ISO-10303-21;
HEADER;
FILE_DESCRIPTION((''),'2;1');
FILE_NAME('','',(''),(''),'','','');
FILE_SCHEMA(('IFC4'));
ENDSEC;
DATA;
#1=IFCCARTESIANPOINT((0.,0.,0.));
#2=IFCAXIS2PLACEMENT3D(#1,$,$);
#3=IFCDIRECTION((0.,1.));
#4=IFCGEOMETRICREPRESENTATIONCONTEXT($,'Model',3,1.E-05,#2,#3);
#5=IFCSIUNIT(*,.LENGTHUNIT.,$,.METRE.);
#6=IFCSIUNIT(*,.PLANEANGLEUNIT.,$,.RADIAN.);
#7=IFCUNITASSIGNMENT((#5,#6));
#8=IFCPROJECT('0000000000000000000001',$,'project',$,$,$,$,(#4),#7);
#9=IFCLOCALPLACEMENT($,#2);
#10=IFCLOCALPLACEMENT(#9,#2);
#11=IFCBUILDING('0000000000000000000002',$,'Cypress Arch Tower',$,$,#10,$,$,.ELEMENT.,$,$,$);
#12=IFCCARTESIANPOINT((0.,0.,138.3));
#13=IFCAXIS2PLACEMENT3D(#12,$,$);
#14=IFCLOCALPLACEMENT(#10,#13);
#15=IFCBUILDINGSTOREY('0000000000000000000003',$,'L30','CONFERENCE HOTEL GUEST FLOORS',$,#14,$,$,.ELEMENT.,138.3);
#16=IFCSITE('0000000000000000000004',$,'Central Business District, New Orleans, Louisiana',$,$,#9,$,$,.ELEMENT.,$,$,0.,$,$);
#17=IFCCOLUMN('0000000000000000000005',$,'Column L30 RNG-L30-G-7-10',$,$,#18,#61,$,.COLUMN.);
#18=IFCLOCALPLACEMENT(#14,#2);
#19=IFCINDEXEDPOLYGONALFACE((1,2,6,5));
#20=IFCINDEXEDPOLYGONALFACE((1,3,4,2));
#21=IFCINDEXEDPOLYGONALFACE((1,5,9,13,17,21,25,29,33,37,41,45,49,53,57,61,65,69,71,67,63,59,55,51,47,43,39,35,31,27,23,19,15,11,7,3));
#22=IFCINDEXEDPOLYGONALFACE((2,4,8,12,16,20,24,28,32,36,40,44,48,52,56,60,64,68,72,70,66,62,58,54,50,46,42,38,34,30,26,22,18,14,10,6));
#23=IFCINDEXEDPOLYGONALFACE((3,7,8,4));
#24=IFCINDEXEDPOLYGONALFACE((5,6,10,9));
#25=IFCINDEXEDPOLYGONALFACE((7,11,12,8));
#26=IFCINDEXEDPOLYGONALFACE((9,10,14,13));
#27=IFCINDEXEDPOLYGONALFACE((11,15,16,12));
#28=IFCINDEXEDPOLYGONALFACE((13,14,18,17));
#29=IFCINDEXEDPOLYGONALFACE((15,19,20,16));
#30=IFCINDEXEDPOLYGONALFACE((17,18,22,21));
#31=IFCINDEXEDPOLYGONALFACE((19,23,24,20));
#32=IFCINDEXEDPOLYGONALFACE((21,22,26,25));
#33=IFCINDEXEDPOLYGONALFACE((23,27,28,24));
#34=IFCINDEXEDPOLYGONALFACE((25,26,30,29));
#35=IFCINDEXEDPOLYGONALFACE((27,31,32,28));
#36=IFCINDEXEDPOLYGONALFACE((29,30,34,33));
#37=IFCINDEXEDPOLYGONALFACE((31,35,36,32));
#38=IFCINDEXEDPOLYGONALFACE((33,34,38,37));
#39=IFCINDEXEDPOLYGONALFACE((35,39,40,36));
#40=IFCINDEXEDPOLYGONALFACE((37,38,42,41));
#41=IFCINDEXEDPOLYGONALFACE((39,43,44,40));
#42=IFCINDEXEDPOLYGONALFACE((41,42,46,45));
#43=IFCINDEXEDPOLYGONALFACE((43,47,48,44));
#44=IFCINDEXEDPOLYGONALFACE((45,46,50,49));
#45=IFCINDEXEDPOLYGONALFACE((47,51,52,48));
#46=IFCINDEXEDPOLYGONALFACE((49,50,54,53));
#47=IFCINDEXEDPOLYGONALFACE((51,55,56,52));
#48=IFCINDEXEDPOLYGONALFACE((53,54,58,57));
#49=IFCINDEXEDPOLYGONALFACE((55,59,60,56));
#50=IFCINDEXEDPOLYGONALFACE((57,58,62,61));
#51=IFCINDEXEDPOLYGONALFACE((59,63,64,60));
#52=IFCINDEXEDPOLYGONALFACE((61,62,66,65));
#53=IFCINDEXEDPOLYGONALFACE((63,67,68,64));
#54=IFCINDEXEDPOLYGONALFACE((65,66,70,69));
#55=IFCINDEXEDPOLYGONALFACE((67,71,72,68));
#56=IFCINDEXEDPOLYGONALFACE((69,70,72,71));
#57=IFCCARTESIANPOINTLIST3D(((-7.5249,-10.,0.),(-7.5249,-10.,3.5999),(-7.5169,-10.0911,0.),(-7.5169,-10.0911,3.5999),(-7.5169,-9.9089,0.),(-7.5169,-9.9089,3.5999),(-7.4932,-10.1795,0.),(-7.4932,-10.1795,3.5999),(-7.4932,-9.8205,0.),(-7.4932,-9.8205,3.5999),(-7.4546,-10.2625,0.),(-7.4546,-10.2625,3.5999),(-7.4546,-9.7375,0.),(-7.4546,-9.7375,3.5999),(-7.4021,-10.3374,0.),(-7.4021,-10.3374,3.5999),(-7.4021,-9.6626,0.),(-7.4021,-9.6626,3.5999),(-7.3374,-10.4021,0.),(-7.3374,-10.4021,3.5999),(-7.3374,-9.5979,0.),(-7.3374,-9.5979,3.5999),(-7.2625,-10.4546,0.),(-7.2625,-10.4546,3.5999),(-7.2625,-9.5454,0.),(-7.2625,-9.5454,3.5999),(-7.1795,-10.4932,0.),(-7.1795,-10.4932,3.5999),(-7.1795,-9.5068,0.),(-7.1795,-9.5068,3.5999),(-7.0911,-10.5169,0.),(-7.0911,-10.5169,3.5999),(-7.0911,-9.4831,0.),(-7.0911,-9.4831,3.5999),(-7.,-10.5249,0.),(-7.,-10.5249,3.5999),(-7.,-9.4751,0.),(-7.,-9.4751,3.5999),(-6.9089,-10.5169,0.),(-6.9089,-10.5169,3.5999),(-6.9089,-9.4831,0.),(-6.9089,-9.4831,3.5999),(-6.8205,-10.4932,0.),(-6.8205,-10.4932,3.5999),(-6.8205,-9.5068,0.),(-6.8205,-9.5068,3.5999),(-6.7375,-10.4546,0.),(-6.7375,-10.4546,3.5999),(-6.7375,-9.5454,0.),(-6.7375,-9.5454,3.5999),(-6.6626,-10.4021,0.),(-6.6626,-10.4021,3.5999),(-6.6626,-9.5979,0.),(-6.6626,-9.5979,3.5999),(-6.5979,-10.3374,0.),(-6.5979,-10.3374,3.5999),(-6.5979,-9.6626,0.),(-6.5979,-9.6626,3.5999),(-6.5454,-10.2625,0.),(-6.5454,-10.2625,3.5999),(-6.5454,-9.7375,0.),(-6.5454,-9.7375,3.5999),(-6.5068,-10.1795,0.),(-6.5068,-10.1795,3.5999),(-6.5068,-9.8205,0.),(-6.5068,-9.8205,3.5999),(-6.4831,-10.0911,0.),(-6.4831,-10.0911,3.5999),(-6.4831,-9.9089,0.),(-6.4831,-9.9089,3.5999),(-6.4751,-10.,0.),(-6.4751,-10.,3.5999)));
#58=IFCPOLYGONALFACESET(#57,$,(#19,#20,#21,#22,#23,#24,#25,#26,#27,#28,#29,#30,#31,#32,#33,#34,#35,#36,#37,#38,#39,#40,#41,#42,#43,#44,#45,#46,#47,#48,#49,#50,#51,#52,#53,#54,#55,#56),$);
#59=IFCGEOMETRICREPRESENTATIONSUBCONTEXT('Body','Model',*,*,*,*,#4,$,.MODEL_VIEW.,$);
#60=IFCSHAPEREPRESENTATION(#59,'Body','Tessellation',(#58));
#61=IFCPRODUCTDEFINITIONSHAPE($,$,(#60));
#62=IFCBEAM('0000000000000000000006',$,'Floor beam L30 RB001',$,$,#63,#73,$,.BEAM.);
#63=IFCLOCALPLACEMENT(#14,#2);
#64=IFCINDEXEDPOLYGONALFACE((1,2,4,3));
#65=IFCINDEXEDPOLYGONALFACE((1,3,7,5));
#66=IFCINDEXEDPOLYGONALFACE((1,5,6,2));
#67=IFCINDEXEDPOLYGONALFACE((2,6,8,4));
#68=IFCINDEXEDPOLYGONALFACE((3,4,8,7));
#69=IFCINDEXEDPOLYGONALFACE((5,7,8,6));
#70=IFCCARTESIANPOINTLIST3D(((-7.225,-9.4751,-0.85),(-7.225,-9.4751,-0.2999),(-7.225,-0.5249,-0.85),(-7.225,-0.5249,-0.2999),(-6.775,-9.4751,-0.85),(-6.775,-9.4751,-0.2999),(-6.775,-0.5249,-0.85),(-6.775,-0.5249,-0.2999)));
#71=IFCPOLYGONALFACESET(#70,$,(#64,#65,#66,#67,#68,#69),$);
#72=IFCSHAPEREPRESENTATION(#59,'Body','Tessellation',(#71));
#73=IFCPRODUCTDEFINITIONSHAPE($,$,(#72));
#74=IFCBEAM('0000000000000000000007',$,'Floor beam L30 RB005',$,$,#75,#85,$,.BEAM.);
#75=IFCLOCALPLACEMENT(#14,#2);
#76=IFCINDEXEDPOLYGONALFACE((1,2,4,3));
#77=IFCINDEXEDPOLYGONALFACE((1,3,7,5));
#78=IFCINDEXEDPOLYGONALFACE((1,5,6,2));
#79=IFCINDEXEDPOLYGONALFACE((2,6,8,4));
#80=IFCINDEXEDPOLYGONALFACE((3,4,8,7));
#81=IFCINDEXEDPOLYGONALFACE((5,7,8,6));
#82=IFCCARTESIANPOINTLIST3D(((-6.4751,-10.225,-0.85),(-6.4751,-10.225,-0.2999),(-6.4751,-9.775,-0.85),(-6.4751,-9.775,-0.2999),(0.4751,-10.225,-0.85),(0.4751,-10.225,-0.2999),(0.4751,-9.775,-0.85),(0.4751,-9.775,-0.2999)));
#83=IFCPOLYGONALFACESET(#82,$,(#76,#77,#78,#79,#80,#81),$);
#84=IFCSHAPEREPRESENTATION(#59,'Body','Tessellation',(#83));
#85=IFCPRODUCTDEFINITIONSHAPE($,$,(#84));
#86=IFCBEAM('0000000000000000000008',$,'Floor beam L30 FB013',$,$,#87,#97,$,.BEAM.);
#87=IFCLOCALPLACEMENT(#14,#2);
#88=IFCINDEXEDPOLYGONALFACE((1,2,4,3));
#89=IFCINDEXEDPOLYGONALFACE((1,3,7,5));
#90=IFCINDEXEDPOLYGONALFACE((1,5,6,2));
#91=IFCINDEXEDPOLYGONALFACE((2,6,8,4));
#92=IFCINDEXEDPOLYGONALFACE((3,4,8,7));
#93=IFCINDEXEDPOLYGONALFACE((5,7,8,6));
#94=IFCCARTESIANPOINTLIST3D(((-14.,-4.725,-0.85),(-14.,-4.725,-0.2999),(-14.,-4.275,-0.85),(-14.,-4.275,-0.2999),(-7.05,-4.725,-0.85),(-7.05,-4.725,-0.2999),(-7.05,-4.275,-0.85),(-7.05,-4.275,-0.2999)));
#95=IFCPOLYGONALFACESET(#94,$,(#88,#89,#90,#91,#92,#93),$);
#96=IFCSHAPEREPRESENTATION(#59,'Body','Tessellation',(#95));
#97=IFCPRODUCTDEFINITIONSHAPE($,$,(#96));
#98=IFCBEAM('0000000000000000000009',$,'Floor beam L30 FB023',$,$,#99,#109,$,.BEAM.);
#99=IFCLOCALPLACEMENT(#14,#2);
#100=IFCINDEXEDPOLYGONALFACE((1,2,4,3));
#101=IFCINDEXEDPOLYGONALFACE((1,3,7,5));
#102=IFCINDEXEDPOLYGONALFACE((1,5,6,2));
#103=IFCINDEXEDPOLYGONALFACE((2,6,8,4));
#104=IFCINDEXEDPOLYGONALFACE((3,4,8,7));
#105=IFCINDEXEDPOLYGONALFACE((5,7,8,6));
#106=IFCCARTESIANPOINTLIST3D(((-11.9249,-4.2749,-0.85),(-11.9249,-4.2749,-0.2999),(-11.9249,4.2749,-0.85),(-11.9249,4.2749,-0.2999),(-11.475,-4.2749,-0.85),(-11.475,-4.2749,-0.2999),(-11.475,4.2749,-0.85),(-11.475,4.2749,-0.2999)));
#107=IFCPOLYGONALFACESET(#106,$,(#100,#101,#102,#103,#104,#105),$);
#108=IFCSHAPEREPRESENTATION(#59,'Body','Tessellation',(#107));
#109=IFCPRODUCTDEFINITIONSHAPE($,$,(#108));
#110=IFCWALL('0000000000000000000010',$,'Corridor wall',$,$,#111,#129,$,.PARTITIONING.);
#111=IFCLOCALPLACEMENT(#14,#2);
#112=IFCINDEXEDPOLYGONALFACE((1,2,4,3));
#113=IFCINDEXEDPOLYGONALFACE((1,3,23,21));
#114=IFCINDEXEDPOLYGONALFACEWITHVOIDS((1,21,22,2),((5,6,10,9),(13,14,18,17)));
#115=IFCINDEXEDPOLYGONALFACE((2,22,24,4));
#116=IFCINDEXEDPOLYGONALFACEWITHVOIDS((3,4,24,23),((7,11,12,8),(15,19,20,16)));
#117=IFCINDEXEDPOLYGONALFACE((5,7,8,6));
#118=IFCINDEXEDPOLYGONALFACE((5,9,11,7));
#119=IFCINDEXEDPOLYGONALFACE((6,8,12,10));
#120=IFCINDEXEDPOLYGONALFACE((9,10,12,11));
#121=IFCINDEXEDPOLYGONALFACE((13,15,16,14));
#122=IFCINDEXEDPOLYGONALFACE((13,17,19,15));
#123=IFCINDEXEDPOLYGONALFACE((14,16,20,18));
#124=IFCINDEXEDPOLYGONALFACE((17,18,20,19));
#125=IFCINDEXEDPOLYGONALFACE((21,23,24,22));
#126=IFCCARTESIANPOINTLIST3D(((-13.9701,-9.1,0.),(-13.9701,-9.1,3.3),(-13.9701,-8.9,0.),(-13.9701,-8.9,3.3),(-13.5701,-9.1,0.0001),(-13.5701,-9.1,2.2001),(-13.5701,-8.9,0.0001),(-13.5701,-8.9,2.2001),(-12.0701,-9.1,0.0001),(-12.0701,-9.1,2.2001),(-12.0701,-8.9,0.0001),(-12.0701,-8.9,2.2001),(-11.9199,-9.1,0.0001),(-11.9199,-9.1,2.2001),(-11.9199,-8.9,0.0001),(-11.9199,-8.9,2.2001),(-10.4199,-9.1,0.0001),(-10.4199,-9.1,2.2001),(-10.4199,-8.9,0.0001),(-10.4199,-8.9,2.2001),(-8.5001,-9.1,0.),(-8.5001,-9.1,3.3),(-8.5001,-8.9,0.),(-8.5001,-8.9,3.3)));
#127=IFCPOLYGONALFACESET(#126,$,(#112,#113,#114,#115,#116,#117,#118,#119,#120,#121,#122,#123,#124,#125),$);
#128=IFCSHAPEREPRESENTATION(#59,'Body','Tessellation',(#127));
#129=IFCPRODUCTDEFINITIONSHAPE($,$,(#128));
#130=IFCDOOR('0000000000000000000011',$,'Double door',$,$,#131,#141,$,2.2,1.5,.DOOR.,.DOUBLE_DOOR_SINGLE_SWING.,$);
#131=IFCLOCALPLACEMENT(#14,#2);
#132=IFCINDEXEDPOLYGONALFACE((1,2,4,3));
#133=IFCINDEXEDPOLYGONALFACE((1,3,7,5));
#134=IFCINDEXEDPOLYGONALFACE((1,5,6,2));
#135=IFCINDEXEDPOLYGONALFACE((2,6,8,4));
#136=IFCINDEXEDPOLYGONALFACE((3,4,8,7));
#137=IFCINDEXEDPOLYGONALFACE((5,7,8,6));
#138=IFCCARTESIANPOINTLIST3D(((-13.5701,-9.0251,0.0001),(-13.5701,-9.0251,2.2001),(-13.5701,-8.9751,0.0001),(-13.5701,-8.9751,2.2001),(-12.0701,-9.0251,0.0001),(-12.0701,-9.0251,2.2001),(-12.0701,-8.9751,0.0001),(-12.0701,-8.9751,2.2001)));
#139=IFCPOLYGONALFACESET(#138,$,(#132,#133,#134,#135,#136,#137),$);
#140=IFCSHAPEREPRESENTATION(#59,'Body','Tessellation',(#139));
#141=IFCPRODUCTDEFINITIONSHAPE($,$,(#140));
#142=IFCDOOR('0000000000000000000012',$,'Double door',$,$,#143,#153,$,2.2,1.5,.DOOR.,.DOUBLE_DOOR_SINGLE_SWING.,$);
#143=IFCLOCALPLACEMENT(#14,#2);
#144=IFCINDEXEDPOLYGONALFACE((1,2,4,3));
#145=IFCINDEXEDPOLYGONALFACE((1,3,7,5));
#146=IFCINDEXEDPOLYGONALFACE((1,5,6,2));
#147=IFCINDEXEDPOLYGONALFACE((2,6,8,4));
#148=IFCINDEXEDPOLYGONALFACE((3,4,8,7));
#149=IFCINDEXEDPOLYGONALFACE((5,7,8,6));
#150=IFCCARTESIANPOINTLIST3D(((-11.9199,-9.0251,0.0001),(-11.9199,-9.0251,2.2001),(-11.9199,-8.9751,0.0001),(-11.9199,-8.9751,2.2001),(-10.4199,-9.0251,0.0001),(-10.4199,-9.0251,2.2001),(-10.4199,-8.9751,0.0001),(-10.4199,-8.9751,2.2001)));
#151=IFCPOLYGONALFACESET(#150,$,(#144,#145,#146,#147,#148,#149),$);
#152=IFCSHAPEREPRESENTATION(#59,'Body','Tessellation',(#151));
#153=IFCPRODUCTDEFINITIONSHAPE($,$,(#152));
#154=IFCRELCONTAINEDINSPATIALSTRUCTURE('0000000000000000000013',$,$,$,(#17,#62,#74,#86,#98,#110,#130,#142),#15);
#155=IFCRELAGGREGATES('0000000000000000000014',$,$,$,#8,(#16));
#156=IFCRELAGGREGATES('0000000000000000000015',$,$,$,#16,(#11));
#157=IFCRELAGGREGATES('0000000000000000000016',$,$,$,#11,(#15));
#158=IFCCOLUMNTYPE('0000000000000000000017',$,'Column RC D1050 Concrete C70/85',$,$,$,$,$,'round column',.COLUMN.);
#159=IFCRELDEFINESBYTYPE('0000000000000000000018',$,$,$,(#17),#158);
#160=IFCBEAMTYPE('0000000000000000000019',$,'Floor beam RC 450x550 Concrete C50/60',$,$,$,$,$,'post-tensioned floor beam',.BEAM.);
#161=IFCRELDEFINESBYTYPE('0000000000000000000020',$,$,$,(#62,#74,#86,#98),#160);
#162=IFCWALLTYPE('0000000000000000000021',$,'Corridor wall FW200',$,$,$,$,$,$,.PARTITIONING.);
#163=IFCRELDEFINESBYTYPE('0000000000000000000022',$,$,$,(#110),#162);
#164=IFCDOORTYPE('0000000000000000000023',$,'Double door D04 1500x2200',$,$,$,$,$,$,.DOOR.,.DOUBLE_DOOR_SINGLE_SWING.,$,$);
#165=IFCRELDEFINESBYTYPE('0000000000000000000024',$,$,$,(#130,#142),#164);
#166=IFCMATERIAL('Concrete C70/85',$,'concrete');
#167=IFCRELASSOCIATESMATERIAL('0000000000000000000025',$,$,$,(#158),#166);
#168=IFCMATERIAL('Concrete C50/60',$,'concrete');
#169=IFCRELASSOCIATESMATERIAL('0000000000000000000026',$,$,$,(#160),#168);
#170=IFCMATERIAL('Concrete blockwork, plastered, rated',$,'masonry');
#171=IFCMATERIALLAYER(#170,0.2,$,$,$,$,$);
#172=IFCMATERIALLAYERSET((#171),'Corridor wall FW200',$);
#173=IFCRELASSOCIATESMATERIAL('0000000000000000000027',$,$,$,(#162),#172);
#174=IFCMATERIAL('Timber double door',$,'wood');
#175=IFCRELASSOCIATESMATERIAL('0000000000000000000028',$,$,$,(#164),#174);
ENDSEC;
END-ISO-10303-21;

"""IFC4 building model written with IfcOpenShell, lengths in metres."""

from ifc_helpers import new_model, si_unit, direction, frame, frame_2d, origin, origin_2d, place, context, subcontext, project, spatial, rectangle, circle, extrude, material, layer, layer_set, material_profile, profile_set, type_object, element, fill, save


model = new_model("IFC4")

# Units and contexts
model_context = context("Model", 3, precision=1e-05, world=origin(), true_north=direction((0.0, 1.0)))
body_context = subcontext(model_context, "Body", "Model", "MODEL_VIEW")
ifc_project = project(units=[si_unit("LENGTHUNIT", "METRE"), si_unit("PLANEANGLEUNIT", "RADIAN")], contexts=[model_context])

# Site, building, storey
site_placement = place(None, origin())
site = spatial("IfcSite", under=ifc_project, at=site_placement, Name="Central Business District, New Orleans, Louisiana", CompositionType="ELEMENT", RefElevation=0.0)
building_placement = place(site_placement, origin())
building = spatial("IfcBuilding", under=site, at=building_placement, Name="Cypress Arch Tower", CompositionType="ELEMENT")
storey_placement = place(building_placement, frame((0.0, 0.0, 138.3)))
storey = spatial("IfcBuildingStorey", under=building, at=storey_placement, Name="L30", Description="CONFERENCE HOTEL GUEST FLOORS", CompositionType="ELEMENT", Elevation=138.3)

# Column
ifc_material_1 = material(Name="Concrete C70/85", Category="concrete")
ifc_material_profile_1 = material_profile(ifc_material_1, circle(Radius=0.5249, at=origin_2d()), Name="RC D1050")
ifc_profile_set_1 = profile_set([ifc_material_profile_1], Name="Concrete C70/85")
column_type = type_object("IfcColumnType", Name="Column RC D1050 Concrete C70/85", ElementType="round column", PredefinedType="COLUMN", material=ifc_profile_set_1)
column_placement = place(storey_placement, frame((-7.0, -10.0, 0.0), z_axis=(0.0, 0.0, 1.0), x_axis=(1.0, 0.0, 0.0)))
element("IfcColumn", 1, at=column_placement, inside=storey, type_object=column_type, Name="Column L30 RNG-L30-G-7-10", PredefinedType="COLUMN", context=body_context, shape_type="SweptSolid", body=[
    extrude(circle(Radius=0.5249, at=origin_2d()), origin(), (0.0, 0.0, 1.0), 3.5999),
])

# Beams
ifc_material_2 = material(Name="Concrete C50/60", Category="concrete")
ifc_material_profile_2 = material_profile(ifc_material_2, rectangle(XDim=0.45, YDim=0.55, at=origin_2d()), Name="RC 450x550")
ifc_profile_set_2 = profile_set([ifc_material_profile_2], Name="Concrete C50/60")
beam_type = type_object("IfcBeamType", Name="Floor beam RC 450x550 Concrete C50/60", ElementType="post-tensioned floor beam", PredefinedType="BEAM", material=ifc_profile_set_2)
beam_1_placement = place(storey_placement, frame((-7.0, -9.4751, -0.575), z_axis=(0.0, 1.0, 0.0), x_axis=(-1.0, 0.0, 0.0)))
element("IfcBeam", 2, at=beam_1_placement, inside=storey, type_object=beam_type, Name="Floor beam L30 RB001", PredefinedType="BEAM", context=body_context, shape_type="SweptSolid", body=[
    extrude(rectangle(XDim=0.45, YDim=0.55, at=origin_2d()), origin(), (0.0, 0.0, 1.0), 8.9502),
])
beam_2_placement = place(storey_placement, frame((-6.4751, -10.0, -0.575), z_axis=(1.0, 0.0, 0.0), x_axis=(0.0, 1.0, 0.0)))
element("IfcBeam", 3, at=beam_2_placement, inside=storey, type_object=beam_type, Name="Floor beam L30 RB005", PredefinedType="BEAM", context=body_context, shape_type="SweptSolid", body=[
    extrude(rectangle(XDim=0.45, YDim=0.55, at=origin_2d()), origin(), (0.0, 0.0, 1.0), 6.9502),
])
beam_3_placement = place(storey_placement, frame((-14.0, -4.5, -0.575), z_axis=(1.0, 0.0, 0.0), x_axis=(0.0, 1.0, 0.0)))
element("IfcBeam", 4, at=beam_3_placement, inside=storey, type_object=beam_type, Name="Floor beam L30 FB013", PredefinedType="BEAM", context=body_context, shape_type="SweptSolid", body=[
    extrude(rectangle(XDim=0.45, YDim=0.55, at=origin_2d()), origin(), (0.0, 0.0, 1.0), 6.95),
])
beam_4_placement = place(storey_placement, frame((-11.7, -4.2749, -0.575), z_axis=(0.0, 1.0, 0.0), x_axis=(-1.0, 0.0, 0.0)))
element("IfcBeam", 5, at=beam_4_placement, inside=storey, type_object=beam_type, Name="Floor beam L30 FB023", PredefinedType="BEAM", context=body_context, shape_type="SweptSolid", body=[
    extrude(rectangle(XDim=0.45, YDim=0.55, at=origin_2d()), origin(), (0.0, 0.0, 1.0), 8.5498),
])

# Wall, openings, doors
ifc_material_3 = material(Name="Concrete blockwork, plastered, rated", Category="masonry")
ifc_layer_1 = layer(ifc_material_3, 0.2)
ifc_layer_set_1 = layer_set([ifc_layer_1], Name="Corridor wall FW200")
wall_type_1 = type_object("IfcWallType", Name="Corridor wall FW200", PredefinedType="PARTITIONING", material=ifc_layer_set_1)
wall_1_placement = place(storey_placement, frame((-13.97, -9.0, 0.0), z_axis=(0.0, 0.0, 1.0), x_axis=(1.0, 0.0, 0.0)))
wall_1 = element("IfcWall", 6, at=wall_1_placement, inside=storey, type_object=wall_type_1, Name="Corridor wall", PredefinedType="PARTITIONING", context=body_context, shape_type="SweptSolid", body=[
    extrude(rectangle(XDim=5.47, YDim=0.2, at=frame_2d((2.7349, 0.0))), origin(), (0.0, 0.0, 1.0), 3.3),
])
opening_1_placement = place(wall_1_placement, frame((0.3999, 0.0, 0.0)))
opening_1 = element("IfcOpeningElement", 7, at=opening_1_placement, cuts=wall_1, PredefinedType="OPENING", context=body_context, shape_type="SweptSolid", body=[
    extrude(rectangle(XDim=1.5, YDim=2.2, at=frame_2d((0.75, 1.1001))), frame((0.0, 0.1099, 0.0), z_axis=(0.0, -1.0, 0.0), x_axis=(1.0, 0.0, 0.0)), (0.0, 0.0, 1.0), 0.22),
])
opening_2_placement = place(wall_1_placement, frame((2.05, 0.0, 0.0)))
opening_2 = element("IfcOpeningElement", 8, at=opening_2_placement, cuts=wall_1, PredefinedType="OPENING", context=body_context, shape_type="SweptSolid", body=[
    extrude(rectangle(XDim=1.5, YDim=2.2, at=frame_2d((0.75, 1.1001))), frame((0.0, 0.1099, 0.0), z_axis=(0.0, -1.0, 0.0), x_axis=(1.0, 0.0, 0.0)), (0.0, 0.0, 1.0), 0.22),
])
ifc_material_4 = material(Name="Timber double door", Category="wood")
door_type_1 = type_object("IfcDoorType", Name="Double door D04 1500x2200", OperationType="DOUBLE_DOOR_SINGLE_SWING", PredefinedType="DOOR", material=ifc_material_4)
door_1_placement = place(opening_1_placement, origin())
door_1 = element("IfcDoor", 9, at=door_1_placement, inside=storey, type_object=door_type_1, Name="Double door", OperationType="DOUBLE_DOOR_SINGLE_SWING", OverallHeight=2.2, OverallWidth=1.5, PredefinedType="DOOR", context=body_context, shape_type="SweptSolid", body=[
    extrude(rectangle(XDim=1.5, YDim=2.2, at=frame_2d((0.75, 1.1001))), frame((0.0, 0.0249, 0.0), z_axis=(0.0, -1.0, 0.0), x_axis=(1.0, 0.0, 0.0)), (0.0, 0.0, 1.0), 0.05),
])
fill(opening_1, door_1)
door_2_placement = place(opening_2_placement, origin())
door_2 = element("IfcDoor", 10, at=door_2_placement, inside=storey, type_object=door_type_1, Name="Double door", OperationType="DOUBLE_DOOR_SINGLE_SWING", OverallHeight=2.2, OverallWidth=1.5, PredefinedType="DOOR", context=body_context, shape_type="SweptSolid", body=[
    extrude(rectangle(XDim=1.5, YDim=2.2, at=frame_2d((0.75, 1.1001))), frame((0.0, 0.0249, 0.0), z_axis=(0.0, -1.0, 0.0), x_axis=(1.0, 0.0, 0.0)), (0.0, 0.0, 1.0), 0.05),
])
fill(opening_2, door_2)

save(model, "model.ifc")
